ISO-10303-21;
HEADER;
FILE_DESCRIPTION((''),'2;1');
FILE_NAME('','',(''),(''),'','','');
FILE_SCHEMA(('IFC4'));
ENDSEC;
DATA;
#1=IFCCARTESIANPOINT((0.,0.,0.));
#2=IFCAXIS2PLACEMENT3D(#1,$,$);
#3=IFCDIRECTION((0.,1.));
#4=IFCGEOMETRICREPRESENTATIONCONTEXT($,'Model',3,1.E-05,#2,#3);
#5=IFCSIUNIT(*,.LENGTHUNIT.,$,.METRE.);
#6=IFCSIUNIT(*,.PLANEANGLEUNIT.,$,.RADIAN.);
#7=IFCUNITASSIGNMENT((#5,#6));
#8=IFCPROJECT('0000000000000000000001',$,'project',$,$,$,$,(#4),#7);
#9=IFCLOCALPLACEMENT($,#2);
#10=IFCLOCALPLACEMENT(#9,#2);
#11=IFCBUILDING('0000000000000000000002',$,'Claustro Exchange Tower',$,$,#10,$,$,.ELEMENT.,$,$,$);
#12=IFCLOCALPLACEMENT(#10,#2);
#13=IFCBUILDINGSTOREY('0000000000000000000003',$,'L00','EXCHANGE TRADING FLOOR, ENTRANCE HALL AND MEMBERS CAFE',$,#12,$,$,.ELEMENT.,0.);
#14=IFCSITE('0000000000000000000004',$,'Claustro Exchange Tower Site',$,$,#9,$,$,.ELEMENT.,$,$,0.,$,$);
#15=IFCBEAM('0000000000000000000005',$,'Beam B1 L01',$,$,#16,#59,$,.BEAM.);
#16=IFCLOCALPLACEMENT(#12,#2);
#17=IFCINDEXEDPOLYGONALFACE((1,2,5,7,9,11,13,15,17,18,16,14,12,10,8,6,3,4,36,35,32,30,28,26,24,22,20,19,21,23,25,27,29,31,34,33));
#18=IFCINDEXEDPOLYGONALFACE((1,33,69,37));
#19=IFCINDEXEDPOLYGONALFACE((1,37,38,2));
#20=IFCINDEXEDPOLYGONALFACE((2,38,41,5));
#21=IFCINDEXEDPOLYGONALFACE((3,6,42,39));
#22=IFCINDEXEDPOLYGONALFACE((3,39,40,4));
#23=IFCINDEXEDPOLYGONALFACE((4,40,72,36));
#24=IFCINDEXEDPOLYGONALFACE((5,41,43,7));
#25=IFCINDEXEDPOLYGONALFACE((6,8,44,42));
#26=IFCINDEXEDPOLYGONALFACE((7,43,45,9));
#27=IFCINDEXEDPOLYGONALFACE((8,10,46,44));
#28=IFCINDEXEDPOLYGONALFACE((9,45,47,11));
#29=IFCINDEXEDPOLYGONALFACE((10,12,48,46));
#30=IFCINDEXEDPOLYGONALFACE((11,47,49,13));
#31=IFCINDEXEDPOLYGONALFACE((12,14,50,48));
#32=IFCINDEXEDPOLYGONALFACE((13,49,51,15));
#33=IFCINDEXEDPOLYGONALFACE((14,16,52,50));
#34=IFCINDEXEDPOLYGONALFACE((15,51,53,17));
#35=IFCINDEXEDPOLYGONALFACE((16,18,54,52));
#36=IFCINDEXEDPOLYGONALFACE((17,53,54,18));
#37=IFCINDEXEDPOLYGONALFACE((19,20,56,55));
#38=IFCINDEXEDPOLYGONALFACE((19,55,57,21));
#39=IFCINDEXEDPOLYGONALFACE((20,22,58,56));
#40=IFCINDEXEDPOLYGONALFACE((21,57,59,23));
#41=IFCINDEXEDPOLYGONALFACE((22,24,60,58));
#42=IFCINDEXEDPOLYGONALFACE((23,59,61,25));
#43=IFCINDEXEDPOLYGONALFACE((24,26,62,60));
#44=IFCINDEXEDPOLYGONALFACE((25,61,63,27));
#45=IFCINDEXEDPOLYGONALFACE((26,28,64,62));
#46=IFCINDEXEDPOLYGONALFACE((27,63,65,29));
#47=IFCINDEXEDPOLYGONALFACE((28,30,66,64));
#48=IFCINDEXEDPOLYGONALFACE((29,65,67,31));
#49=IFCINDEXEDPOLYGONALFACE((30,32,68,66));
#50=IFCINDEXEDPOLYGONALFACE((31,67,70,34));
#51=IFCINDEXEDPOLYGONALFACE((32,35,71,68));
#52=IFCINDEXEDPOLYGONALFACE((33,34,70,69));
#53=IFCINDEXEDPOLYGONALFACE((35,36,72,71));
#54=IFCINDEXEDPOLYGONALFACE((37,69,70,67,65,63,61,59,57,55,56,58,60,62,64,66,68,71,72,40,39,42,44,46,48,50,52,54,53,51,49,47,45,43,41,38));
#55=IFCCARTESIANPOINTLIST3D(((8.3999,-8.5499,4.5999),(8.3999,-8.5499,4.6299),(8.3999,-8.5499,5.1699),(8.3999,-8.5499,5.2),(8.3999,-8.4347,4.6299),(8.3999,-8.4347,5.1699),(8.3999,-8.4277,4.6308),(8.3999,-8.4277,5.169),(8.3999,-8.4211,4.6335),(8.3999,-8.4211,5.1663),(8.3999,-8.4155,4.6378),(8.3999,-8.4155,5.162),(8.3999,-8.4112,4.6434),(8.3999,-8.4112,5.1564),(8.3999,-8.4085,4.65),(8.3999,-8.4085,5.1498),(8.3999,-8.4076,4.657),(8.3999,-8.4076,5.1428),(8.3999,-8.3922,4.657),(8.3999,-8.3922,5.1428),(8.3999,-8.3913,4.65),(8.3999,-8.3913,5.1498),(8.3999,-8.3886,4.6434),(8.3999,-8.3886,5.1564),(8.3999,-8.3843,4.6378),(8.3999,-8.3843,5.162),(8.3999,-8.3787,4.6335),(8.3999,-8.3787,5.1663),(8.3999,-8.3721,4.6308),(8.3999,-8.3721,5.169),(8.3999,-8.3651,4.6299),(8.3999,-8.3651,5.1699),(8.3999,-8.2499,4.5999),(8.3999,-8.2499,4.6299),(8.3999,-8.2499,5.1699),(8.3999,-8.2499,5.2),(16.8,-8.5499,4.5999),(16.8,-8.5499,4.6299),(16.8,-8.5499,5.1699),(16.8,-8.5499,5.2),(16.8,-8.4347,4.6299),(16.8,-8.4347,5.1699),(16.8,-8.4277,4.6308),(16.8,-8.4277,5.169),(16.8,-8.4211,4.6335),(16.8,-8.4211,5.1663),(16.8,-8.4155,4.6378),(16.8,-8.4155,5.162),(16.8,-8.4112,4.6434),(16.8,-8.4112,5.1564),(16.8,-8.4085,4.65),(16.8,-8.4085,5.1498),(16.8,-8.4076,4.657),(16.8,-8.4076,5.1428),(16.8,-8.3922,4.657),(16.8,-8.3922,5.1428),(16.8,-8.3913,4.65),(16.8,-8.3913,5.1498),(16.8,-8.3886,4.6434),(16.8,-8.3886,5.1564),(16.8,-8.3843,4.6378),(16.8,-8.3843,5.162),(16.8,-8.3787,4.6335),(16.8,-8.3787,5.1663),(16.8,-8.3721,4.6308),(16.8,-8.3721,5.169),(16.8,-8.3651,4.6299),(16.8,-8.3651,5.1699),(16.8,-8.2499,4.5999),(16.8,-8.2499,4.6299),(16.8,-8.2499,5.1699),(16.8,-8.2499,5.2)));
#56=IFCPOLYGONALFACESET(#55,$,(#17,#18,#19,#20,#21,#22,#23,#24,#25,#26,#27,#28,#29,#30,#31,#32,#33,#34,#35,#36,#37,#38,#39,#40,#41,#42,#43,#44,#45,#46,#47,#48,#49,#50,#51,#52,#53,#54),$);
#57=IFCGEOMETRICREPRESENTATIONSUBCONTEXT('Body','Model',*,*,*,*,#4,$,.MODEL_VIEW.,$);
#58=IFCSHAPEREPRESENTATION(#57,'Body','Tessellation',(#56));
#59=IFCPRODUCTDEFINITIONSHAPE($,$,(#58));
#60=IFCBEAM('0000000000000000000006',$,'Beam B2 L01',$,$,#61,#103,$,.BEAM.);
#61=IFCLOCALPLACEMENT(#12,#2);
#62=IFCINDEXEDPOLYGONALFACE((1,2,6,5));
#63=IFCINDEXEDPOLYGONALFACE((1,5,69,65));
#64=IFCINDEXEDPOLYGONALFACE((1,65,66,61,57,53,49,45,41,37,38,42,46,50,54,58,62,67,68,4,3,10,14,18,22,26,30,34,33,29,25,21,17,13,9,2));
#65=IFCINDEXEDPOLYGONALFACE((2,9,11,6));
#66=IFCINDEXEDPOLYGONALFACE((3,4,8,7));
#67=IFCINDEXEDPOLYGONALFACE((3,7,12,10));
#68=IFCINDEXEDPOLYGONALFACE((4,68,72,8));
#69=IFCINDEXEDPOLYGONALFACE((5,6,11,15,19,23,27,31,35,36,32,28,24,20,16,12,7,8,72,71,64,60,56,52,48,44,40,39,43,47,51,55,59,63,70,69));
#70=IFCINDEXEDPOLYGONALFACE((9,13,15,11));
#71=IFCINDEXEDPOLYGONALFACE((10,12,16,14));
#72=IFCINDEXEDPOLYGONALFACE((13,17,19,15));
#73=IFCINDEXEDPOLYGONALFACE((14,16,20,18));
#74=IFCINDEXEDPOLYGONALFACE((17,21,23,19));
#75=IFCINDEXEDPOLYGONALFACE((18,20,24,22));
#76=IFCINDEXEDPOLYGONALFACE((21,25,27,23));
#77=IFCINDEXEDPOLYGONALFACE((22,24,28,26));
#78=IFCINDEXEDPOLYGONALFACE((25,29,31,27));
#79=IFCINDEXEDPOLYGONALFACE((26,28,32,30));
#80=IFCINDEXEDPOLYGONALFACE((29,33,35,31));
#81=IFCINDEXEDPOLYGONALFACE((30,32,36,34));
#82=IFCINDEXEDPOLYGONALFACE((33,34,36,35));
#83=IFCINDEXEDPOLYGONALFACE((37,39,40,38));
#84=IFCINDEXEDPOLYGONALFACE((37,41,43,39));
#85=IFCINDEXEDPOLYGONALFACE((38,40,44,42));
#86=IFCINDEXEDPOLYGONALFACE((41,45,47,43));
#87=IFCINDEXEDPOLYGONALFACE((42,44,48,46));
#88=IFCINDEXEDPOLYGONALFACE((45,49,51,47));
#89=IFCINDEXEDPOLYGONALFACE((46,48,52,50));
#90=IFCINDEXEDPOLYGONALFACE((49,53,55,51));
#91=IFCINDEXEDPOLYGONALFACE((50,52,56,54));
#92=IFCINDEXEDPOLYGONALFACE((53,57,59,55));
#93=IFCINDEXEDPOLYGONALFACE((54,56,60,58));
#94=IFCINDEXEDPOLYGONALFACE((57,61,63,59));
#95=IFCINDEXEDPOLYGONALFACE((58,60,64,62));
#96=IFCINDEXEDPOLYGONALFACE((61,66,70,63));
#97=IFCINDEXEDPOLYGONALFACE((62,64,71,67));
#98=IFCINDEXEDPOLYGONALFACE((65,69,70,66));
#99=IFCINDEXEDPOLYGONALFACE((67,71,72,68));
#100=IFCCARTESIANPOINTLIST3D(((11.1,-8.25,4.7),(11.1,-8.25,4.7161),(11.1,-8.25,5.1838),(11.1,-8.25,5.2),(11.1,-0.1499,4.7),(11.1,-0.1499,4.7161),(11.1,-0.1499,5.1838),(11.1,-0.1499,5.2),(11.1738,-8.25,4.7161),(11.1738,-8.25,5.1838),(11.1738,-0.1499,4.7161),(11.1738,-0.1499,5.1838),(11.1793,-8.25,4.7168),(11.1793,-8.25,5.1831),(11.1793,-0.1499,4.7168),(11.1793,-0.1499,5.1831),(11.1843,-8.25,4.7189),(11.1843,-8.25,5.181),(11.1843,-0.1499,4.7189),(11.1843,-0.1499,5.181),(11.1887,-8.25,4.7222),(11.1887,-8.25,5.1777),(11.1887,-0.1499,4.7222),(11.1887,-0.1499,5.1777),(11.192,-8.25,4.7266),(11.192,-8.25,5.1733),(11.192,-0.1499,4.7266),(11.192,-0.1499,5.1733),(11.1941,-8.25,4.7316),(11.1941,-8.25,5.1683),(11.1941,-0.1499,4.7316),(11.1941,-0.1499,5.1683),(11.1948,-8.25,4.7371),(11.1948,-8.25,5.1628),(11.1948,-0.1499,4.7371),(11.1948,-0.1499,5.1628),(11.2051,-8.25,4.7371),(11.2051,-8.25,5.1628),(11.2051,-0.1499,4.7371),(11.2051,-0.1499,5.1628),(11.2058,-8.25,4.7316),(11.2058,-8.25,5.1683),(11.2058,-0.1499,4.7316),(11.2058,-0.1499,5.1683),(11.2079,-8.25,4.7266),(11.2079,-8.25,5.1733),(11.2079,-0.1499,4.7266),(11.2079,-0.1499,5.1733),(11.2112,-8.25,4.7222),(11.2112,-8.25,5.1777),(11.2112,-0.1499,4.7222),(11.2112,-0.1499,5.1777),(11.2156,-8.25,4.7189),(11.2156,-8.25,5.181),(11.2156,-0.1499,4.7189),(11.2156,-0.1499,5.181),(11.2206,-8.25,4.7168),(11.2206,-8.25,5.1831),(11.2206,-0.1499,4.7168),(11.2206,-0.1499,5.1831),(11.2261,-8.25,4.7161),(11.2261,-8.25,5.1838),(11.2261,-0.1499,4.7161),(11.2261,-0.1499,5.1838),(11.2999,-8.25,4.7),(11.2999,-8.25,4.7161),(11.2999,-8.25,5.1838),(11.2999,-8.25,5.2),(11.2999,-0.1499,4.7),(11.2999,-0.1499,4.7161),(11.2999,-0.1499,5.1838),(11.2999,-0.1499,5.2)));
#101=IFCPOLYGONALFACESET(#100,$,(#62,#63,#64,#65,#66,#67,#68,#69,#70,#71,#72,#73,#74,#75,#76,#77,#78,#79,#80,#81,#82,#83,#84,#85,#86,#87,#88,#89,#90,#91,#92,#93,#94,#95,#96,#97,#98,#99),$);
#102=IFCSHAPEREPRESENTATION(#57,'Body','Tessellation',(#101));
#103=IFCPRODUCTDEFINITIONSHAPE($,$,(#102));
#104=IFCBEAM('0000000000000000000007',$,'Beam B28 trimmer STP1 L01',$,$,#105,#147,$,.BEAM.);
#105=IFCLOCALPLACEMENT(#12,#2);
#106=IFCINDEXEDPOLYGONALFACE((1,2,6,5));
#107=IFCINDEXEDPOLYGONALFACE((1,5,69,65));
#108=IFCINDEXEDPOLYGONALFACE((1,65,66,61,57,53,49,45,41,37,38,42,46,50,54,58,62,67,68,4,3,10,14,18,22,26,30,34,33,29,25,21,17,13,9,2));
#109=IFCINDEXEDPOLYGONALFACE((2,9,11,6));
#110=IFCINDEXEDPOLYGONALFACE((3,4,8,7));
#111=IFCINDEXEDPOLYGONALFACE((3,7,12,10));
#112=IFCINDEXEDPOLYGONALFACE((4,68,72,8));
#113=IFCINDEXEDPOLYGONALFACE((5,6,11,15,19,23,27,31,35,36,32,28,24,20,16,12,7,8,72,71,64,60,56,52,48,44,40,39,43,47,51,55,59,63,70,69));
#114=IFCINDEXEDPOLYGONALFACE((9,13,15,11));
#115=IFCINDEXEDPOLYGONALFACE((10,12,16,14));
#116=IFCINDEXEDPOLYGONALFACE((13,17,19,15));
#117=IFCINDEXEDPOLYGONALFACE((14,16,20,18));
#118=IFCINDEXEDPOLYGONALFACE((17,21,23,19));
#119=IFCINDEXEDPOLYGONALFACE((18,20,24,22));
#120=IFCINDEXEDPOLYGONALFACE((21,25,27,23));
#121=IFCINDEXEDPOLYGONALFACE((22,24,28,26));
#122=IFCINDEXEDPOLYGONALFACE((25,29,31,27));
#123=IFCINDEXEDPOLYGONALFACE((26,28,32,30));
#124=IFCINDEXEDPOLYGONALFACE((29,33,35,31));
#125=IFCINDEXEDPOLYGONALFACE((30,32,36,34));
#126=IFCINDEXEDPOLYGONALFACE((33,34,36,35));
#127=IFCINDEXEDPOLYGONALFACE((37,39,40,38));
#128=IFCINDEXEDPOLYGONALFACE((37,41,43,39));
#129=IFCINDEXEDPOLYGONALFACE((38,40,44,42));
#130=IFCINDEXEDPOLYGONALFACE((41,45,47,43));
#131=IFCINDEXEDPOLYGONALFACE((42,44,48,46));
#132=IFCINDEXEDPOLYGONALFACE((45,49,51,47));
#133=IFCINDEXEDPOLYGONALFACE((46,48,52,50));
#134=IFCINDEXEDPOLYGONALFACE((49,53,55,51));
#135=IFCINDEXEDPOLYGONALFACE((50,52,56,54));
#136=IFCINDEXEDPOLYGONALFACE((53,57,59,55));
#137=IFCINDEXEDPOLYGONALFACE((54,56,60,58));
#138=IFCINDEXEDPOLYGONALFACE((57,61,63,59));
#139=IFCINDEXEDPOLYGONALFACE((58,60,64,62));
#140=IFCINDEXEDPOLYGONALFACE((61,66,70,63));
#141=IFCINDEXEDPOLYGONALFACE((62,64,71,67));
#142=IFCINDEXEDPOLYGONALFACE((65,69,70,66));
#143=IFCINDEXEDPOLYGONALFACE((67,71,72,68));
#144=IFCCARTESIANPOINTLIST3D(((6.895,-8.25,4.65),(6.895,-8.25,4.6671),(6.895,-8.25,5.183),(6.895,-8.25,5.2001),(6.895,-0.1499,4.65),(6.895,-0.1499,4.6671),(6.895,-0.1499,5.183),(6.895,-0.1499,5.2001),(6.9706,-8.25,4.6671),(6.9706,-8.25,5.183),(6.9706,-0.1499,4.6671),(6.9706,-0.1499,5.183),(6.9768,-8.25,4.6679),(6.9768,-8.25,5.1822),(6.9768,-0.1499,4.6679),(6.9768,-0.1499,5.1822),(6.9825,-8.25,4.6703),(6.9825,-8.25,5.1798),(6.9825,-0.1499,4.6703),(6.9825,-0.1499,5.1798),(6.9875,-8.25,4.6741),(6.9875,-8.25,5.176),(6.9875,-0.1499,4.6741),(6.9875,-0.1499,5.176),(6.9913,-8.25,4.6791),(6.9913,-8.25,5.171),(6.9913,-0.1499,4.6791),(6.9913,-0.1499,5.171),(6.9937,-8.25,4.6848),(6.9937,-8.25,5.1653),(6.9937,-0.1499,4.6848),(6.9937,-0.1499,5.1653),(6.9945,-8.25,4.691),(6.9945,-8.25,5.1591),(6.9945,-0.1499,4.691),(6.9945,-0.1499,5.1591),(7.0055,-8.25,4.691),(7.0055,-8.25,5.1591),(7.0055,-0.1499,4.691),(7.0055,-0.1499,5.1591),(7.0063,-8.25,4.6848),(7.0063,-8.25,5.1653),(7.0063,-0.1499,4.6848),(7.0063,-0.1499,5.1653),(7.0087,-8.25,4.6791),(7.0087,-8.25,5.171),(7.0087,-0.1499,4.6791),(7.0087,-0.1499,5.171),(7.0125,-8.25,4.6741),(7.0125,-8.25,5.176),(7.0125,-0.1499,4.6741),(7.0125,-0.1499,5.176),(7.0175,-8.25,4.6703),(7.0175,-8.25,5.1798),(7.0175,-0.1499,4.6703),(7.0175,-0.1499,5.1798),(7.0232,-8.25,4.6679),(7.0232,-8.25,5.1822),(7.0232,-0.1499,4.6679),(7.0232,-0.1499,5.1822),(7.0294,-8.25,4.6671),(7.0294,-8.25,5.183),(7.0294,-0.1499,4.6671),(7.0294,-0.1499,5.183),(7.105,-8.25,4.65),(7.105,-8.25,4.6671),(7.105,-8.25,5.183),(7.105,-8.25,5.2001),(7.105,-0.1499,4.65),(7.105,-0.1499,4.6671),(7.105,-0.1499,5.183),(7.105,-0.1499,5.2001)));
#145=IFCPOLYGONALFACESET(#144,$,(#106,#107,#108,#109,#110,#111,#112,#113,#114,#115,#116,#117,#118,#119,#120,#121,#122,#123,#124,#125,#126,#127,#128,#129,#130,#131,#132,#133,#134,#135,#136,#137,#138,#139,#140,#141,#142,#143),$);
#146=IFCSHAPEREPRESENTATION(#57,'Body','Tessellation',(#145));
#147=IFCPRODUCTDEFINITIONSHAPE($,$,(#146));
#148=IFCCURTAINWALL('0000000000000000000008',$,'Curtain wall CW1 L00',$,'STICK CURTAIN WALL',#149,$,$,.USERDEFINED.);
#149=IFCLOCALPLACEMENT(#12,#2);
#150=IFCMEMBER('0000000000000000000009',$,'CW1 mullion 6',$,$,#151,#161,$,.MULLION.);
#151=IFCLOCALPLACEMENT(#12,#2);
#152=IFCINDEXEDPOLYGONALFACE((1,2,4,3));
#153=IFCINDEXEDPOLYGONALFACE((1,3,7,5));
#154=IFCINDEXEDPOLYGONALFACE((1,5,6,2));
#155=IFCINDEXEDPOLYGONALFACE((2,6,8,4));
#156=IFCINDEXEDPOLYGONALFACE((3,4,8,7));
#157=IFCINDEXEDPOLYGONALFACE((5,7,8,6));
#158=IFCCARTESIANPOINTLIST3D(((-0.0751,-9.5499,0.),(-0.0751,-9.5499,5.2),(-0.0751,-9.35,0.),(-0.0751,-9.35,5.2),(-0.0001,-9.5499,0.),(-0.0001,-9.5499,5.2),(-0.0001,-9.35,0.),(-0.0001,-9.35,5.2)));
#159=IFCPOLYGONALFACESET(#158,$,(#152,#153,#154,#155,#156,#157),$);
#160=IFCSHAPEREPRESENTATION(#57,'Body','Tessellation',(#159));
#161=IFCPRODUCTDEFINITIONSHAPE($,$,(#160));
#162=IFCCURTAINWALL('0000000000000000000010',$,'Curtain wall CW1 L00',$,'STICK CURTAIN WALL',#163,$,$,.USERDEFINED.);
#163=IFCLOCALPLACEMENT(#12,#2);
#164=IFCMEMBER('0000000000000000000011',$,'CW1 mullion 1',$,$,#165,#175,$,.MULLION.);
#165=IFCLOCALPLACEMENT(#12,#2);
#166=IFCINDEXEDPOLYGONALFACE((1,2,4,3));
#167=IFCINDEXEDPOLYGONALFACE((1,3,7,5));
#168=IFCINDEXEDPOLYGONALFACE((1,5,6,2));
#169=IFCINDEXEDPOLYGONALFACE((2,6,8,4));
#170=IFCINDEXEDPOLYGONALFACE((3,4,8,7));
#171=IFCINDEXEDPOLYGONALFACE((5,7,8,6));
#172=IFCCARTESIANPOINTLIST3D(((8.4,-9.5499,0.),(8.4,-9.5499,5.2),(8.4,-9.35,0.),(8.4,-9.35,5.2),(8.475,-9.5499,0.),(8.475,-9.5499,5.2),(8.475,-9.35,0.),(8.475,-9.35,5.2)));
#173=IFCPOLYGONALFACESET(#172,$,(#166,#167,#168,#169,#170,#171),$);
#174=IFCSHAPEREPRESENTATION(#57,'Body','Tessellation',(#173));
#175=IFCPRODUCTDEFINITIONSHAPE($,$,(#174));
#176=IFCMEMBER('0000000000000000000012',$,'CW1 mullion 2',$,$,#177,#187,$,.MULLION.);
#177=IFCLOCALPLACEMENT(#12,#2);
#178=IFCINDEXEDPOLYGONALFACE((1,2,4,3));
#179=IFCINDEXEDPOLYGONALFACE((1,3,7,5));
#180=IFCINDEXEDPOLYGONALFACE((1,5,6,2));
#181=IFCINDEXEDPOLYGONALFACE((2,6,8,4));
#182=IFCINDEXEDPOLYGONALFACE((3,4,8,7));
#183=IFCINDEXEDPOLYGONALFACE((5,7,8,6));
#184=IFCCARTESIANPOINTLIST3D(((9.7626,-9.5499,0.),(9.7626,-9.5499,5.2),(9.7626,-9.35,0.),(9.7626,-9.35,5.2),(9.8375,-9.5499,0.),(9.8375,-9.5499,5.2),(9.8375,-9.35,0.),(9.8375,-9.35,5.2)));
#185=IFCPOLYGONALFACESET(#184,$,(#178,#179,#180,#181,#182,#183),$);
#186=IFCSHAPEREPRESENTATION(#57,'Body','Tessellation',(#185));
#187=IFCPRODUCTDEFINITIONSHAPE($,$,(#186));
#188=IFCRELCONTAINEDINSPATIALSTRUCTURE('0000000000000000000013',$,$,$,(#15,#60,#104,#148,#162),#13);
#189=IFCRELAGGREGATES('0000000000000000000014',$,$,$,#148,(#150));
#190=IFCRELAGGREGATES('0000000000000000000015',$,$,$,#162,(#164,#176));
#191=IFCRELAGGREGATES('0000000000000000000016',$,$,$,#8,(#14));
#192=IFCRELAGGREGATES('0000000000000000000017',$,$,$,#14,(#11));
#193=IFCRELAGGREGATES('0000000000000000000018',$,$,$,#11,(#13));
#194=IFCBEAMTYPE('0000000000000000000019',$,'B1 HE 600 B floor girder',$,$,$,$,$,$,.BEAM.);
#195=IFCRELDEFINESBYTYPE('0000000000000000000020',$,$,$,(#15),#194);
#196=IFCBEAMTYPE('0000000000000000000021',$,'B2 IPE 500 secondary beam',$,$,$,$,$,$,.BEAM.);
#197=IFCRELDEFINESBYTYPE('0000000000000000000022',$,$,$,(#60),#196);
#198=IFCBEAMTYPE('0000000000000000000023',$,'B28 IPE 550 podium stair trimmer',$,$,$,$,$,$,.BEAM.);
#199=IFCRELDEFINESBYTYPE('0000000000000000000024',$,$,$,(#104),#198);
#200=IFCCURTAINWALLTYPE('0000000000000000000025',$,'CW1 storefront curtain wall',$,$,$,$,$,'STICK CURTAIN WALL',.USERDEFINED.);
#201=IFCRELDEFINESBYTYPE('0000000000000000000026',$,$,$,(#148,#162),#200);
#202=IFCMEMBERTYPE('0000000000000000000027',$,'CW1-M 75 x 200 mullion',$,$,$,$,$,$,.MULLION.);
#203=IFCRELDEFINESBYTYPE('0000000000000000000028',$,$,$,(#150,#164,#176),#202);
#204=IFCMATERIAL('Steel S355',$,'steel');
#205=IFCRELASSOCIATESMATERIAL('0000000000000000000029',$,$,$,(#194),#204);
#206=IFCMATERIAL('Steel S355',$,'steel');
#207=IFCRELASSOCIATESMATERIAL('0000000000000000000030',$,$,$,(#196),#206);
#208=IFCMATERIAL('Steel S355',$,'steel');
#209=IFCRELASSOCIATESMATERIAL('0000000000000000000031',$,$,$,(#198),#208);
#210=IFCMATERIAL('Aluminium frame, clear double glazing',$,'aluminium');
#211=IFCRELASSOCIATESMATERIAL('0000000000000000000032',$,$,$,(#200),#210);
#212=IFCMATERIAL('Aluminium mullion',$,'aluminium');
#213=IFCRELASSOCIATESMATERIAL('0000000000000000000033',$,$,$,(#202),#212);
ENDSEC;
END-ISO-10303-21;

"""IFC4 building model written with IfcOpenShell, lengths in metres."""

from ifc_helpers import new_model, si_unit, direction, frame, origin, origin_2d, place, context, subcontext, project, spatial, rectangle, i_section, extrude, material, material_profile, profile_set, type_object, element, aggregate, save


model = new_model("IFC4")

# Units and contexts
model_context = context("Model", 3, precision=1e-05, world=origin(), true_north=direction((0.0, 1.0)))
body_context = subcontext(model_context, "Body", "Model", "MODEL_VIEW")
ifc_project = project(units=[si_unit("LENGTHUNIT", "METRE"), si_unit("PLANEANGLEUNIT", "RADIAN")], contexts=[model_context])

# Site, building, storey
site_placement = place(None, origin())
site = spatial("IfcSite", under=ifc_project, at=site_placement, Name="Claustro Exchange Tower Site", CompositionType="ELEMENT", RefElevation=0.0)
building_placement = place(site_placement, origin())
building = spatial("IfcBuilding", under=site, at=building_placement, Name="Claustro Exchange Tower", CompositionType="ELEMENT")
storey_placement = place(building_placement, origin())
storey = spatial("IfcBuildingStorey", under=building, at=storey_placement, Name="L00", Description="EXCHANGE TRADING FLOOR, ENTRANCE HALL AND MEMBERS CAFE", CompositionType="ELEMENT", Elevation=0.0)

# Beams
ifc_material_1 = material(Name="Steel S355", Category="steel")
ifc_material_profile_1 = material_profile(ifc_material_1, i_section(OverallWidth=0.3, OverallDepth=0.6001, WebThickness=0.0154, FlangeThickness=0.03, FilletRadius=0.0271, at=origin_2d()), Name="HE 600 B")
ifc_profile_set_1 = profile_set([ifc_material_profile_1], Name="Steel S355")
beam_type_1 = type_object("IfcBeamType", Name="B1 HE 600 B floor girder", PredefinedType="BEAM", material=ifc_profile_set_1)
beam_1_placement = place(storey_placement, frame((8.3999, -8.3999, 4.8999), z_axis=(1.0, 0.0, 0.0), x_axis=(0.0, 1.0, 0.0)))
element("IfcBeam", 1, at=beam_1_placement, inside=storey, type_object=beam_type_1, Name="Beam B1 L01", PredefinedType="BEAM", context=body_context, shape_type="SweptSolid", body=[
    extrude(i_section(OverallWidth=0.3, OverallDepth=0.6001, WebThickness=0.0154, FlangeThickness=0.03, FilletRadius=0.0271, at=origin_2d()), origin(), (0.0, 0.0, 1.0), 8.4001),
])
ifc_material_2 = material(Name="Steel S355", Category="steel")
ifc_material_profile_2 = material_profile(ifc_material_2, i_section(OverallWidth=0.2, OverallDepth=0.5, WebThickness=0.0103, FlangeThickness=0.0161, FilletRadius=0.021, at=origin_2d()), Name="IPE 500")
ifc_profile_set_2 = profile_set([ifc_material_profile_2], Name="Steel S355")
beam_type_2 = type_object("IfcBeamType", Name="B2 IPE 500 secondary beam", PredefinedType="BEAM", material=ifc_profile_set_2)
beam_2_placement = place(storey_placement, frame((11.2, -8.25, 4.95), z_axis=(0.0, 1.0, 0.0), x_axis=(-1.0, 0.0, 0.0)))
element("IfcBeam", 2, at=beam_2_placement, inside=storey, type_object=beam_type_2, Name="Beam B2 L01", PredefinedType="BEAM", context=body_context, shape_type="SweptSolid", body=[
    extrude(i_section(OverallWidth=0.2, OverallDepth=0.5, WebThickness=0.0103, FlangeThickness=0.0161, FilletRadius=0.021, at=origin_2d()), origin(), (0.0, 0.0, 1.0), 8.1001),
])
ifc_material_3 = material(Name="Steel S355", Category="steel")
ifc_material_profile_3 = material_profile(ifc_material_3, i_section(OverallWidth=0.21, OverallDepth=0.55, WebThickness=0.011, FlangeThickness=0.0171, FilletRadius=0.0239, at=origin_2d()), Name="IPE 550")
ifc_profile_set_3 = profile_set([ifc_material_profile_3], Name="Steel S355")
beam_type_3 = type_object("IfcBeamType", Name="B28 IPE 550 podium stair trimmer", PredefinedType="BEAM", material=ifc_profile_set_3)
beam_3_placement = place(storey_placement, frame((7.0, -8.25, 4.925), z_axis=(0.0, 1.0, 0.0), x_axis=(-1.0, 0.0, 0.0)))
element("IfcBeam", 3, at=beam_3_placement, inside=storey, type_object=beam_type_3, Name="Beam B28 trimmer STP1 L01", PredefinedType="BEAM", context=body_context, shape_type="SweptSolid", body=[
    extrude(i_section(OverallWidth=0.21, OverallDepth=0.55, WebThickness=0.011, FlangeThickness=0.0171, FilletRadius=0.0239, at=origin_2d()), origin(), (0.0, 0.0, 1.0), 8.1001),
])

# Curtain wall, member
ifc_material_4 = material(Name="Aluminium frame, clear double glazing", Category="aluminium")
curtain_wall_type = type_object("IfcCurtainWallType", Name="CW1 storefront curtain wall", ElementType="STICK CURTAIN WALL", PredefinedType="USERDEFINED", material=ifc_material_4)
curtain_wall_1_placement = place(storey_placement, origin())
curtain_wall_1 = element("IfcCurtainWall", 4, at=curtain_wall_1_placement, inside=storey, type_object=curtain_wall_type, Name="Curtain wall CW1 L00", ObjectType="STICK CURTAIN WALL", PredefinedType="USERDEFINED")
ifc_material_5 = material(Name="Aluminium mullion", Category="aluminium")
ifc_material_profile_4 = material_profile(ifc_material_5, rectangle(XDim=0.2, YDim=0.075, at=origin_2d()), Name="CW1-M 75x200")
ifc_profile_set_4 = profile_set([ifc_material_profile_4], Name="Aluminium mullion")
member_type_1 = type_object("IfcMemberType", Name="CW1-M 75 x 200 mullion", PredefinedType="MULLION", material=ifc_profile_set_4)
member_1_placement = place(storey_placement, frame((-0.0376, -9.45, 0.0), z_axis=(0.0, 0.0, 1.0), x_axis=(0.0, 1.0, 0.0)))
member_1 = element("IfcMember", 5, at=member_1_placement, type_object=member_type_1, Name="CW1 mullion 6", PredefinedType="MULLION", context=body_context, shape_type="SweptSolid", body=[
    extrude(rectangle(XDim=0.2, YDim=0.075, at=origin_2d()), origin(), (0.0, 0.0, 1.0), 5.2),
])
aggregate(curtain_wall_1, [member_1])

# Curtain wall, members
curtain_wall_2_placement = place(storey_placement, origin())
curtain_wall_2 = element("IfcCurtainWall", 6, at=curtain_wall_2_placement, inside=storey, type_object=curtain_wall_type, Name="Curtain wall CW1 L00", ObjectType="STICK CURTAIN WALL", PredefinedType="USERDEFINED")
member_2_placement = place(storey_placement, frame((8.4375, -9.45, 0.0), z_axis=(0.0, 0.0, 1.0), x_axis=(0.0, 1.0, 0.0)))
member_2 = element("IfcMember", 7, at=member_2_placement, type_object=member_type_1, Name="CW1 mullion 1", PredefinedType="MULLION", context=body_context, shape_type="SweptSolid", body=[
    extrude(rectangle(XDim=0.2, YDim=0.075, at=origin_2d()), origin(), (0.0, 0.0, 1.0), 5.2),
])
member_3_placement = place(storey_placement, frame((9.8, -9.45, 0.0), z_axis=(0.0, 0.0, 1.0), x_axis=(0.0, 1.0, 0.0)))
member_3 = element("IfcMember", 8, at=member_3_placement, type_object=member_type_1, Name="CW1 mullion 2", PredefinedType="MULLION", context=body_context, shape_type="SweptSolid", body=[
    extrude(rectangle(XDim=0.2, YDim=0.075, at=origin_2d()), origin(), (0.0, 0.0, 1.0), 5.2),
])
aggregate(curtain_wall_2, [member_2, member_3])

save(model, "model.ifc")
